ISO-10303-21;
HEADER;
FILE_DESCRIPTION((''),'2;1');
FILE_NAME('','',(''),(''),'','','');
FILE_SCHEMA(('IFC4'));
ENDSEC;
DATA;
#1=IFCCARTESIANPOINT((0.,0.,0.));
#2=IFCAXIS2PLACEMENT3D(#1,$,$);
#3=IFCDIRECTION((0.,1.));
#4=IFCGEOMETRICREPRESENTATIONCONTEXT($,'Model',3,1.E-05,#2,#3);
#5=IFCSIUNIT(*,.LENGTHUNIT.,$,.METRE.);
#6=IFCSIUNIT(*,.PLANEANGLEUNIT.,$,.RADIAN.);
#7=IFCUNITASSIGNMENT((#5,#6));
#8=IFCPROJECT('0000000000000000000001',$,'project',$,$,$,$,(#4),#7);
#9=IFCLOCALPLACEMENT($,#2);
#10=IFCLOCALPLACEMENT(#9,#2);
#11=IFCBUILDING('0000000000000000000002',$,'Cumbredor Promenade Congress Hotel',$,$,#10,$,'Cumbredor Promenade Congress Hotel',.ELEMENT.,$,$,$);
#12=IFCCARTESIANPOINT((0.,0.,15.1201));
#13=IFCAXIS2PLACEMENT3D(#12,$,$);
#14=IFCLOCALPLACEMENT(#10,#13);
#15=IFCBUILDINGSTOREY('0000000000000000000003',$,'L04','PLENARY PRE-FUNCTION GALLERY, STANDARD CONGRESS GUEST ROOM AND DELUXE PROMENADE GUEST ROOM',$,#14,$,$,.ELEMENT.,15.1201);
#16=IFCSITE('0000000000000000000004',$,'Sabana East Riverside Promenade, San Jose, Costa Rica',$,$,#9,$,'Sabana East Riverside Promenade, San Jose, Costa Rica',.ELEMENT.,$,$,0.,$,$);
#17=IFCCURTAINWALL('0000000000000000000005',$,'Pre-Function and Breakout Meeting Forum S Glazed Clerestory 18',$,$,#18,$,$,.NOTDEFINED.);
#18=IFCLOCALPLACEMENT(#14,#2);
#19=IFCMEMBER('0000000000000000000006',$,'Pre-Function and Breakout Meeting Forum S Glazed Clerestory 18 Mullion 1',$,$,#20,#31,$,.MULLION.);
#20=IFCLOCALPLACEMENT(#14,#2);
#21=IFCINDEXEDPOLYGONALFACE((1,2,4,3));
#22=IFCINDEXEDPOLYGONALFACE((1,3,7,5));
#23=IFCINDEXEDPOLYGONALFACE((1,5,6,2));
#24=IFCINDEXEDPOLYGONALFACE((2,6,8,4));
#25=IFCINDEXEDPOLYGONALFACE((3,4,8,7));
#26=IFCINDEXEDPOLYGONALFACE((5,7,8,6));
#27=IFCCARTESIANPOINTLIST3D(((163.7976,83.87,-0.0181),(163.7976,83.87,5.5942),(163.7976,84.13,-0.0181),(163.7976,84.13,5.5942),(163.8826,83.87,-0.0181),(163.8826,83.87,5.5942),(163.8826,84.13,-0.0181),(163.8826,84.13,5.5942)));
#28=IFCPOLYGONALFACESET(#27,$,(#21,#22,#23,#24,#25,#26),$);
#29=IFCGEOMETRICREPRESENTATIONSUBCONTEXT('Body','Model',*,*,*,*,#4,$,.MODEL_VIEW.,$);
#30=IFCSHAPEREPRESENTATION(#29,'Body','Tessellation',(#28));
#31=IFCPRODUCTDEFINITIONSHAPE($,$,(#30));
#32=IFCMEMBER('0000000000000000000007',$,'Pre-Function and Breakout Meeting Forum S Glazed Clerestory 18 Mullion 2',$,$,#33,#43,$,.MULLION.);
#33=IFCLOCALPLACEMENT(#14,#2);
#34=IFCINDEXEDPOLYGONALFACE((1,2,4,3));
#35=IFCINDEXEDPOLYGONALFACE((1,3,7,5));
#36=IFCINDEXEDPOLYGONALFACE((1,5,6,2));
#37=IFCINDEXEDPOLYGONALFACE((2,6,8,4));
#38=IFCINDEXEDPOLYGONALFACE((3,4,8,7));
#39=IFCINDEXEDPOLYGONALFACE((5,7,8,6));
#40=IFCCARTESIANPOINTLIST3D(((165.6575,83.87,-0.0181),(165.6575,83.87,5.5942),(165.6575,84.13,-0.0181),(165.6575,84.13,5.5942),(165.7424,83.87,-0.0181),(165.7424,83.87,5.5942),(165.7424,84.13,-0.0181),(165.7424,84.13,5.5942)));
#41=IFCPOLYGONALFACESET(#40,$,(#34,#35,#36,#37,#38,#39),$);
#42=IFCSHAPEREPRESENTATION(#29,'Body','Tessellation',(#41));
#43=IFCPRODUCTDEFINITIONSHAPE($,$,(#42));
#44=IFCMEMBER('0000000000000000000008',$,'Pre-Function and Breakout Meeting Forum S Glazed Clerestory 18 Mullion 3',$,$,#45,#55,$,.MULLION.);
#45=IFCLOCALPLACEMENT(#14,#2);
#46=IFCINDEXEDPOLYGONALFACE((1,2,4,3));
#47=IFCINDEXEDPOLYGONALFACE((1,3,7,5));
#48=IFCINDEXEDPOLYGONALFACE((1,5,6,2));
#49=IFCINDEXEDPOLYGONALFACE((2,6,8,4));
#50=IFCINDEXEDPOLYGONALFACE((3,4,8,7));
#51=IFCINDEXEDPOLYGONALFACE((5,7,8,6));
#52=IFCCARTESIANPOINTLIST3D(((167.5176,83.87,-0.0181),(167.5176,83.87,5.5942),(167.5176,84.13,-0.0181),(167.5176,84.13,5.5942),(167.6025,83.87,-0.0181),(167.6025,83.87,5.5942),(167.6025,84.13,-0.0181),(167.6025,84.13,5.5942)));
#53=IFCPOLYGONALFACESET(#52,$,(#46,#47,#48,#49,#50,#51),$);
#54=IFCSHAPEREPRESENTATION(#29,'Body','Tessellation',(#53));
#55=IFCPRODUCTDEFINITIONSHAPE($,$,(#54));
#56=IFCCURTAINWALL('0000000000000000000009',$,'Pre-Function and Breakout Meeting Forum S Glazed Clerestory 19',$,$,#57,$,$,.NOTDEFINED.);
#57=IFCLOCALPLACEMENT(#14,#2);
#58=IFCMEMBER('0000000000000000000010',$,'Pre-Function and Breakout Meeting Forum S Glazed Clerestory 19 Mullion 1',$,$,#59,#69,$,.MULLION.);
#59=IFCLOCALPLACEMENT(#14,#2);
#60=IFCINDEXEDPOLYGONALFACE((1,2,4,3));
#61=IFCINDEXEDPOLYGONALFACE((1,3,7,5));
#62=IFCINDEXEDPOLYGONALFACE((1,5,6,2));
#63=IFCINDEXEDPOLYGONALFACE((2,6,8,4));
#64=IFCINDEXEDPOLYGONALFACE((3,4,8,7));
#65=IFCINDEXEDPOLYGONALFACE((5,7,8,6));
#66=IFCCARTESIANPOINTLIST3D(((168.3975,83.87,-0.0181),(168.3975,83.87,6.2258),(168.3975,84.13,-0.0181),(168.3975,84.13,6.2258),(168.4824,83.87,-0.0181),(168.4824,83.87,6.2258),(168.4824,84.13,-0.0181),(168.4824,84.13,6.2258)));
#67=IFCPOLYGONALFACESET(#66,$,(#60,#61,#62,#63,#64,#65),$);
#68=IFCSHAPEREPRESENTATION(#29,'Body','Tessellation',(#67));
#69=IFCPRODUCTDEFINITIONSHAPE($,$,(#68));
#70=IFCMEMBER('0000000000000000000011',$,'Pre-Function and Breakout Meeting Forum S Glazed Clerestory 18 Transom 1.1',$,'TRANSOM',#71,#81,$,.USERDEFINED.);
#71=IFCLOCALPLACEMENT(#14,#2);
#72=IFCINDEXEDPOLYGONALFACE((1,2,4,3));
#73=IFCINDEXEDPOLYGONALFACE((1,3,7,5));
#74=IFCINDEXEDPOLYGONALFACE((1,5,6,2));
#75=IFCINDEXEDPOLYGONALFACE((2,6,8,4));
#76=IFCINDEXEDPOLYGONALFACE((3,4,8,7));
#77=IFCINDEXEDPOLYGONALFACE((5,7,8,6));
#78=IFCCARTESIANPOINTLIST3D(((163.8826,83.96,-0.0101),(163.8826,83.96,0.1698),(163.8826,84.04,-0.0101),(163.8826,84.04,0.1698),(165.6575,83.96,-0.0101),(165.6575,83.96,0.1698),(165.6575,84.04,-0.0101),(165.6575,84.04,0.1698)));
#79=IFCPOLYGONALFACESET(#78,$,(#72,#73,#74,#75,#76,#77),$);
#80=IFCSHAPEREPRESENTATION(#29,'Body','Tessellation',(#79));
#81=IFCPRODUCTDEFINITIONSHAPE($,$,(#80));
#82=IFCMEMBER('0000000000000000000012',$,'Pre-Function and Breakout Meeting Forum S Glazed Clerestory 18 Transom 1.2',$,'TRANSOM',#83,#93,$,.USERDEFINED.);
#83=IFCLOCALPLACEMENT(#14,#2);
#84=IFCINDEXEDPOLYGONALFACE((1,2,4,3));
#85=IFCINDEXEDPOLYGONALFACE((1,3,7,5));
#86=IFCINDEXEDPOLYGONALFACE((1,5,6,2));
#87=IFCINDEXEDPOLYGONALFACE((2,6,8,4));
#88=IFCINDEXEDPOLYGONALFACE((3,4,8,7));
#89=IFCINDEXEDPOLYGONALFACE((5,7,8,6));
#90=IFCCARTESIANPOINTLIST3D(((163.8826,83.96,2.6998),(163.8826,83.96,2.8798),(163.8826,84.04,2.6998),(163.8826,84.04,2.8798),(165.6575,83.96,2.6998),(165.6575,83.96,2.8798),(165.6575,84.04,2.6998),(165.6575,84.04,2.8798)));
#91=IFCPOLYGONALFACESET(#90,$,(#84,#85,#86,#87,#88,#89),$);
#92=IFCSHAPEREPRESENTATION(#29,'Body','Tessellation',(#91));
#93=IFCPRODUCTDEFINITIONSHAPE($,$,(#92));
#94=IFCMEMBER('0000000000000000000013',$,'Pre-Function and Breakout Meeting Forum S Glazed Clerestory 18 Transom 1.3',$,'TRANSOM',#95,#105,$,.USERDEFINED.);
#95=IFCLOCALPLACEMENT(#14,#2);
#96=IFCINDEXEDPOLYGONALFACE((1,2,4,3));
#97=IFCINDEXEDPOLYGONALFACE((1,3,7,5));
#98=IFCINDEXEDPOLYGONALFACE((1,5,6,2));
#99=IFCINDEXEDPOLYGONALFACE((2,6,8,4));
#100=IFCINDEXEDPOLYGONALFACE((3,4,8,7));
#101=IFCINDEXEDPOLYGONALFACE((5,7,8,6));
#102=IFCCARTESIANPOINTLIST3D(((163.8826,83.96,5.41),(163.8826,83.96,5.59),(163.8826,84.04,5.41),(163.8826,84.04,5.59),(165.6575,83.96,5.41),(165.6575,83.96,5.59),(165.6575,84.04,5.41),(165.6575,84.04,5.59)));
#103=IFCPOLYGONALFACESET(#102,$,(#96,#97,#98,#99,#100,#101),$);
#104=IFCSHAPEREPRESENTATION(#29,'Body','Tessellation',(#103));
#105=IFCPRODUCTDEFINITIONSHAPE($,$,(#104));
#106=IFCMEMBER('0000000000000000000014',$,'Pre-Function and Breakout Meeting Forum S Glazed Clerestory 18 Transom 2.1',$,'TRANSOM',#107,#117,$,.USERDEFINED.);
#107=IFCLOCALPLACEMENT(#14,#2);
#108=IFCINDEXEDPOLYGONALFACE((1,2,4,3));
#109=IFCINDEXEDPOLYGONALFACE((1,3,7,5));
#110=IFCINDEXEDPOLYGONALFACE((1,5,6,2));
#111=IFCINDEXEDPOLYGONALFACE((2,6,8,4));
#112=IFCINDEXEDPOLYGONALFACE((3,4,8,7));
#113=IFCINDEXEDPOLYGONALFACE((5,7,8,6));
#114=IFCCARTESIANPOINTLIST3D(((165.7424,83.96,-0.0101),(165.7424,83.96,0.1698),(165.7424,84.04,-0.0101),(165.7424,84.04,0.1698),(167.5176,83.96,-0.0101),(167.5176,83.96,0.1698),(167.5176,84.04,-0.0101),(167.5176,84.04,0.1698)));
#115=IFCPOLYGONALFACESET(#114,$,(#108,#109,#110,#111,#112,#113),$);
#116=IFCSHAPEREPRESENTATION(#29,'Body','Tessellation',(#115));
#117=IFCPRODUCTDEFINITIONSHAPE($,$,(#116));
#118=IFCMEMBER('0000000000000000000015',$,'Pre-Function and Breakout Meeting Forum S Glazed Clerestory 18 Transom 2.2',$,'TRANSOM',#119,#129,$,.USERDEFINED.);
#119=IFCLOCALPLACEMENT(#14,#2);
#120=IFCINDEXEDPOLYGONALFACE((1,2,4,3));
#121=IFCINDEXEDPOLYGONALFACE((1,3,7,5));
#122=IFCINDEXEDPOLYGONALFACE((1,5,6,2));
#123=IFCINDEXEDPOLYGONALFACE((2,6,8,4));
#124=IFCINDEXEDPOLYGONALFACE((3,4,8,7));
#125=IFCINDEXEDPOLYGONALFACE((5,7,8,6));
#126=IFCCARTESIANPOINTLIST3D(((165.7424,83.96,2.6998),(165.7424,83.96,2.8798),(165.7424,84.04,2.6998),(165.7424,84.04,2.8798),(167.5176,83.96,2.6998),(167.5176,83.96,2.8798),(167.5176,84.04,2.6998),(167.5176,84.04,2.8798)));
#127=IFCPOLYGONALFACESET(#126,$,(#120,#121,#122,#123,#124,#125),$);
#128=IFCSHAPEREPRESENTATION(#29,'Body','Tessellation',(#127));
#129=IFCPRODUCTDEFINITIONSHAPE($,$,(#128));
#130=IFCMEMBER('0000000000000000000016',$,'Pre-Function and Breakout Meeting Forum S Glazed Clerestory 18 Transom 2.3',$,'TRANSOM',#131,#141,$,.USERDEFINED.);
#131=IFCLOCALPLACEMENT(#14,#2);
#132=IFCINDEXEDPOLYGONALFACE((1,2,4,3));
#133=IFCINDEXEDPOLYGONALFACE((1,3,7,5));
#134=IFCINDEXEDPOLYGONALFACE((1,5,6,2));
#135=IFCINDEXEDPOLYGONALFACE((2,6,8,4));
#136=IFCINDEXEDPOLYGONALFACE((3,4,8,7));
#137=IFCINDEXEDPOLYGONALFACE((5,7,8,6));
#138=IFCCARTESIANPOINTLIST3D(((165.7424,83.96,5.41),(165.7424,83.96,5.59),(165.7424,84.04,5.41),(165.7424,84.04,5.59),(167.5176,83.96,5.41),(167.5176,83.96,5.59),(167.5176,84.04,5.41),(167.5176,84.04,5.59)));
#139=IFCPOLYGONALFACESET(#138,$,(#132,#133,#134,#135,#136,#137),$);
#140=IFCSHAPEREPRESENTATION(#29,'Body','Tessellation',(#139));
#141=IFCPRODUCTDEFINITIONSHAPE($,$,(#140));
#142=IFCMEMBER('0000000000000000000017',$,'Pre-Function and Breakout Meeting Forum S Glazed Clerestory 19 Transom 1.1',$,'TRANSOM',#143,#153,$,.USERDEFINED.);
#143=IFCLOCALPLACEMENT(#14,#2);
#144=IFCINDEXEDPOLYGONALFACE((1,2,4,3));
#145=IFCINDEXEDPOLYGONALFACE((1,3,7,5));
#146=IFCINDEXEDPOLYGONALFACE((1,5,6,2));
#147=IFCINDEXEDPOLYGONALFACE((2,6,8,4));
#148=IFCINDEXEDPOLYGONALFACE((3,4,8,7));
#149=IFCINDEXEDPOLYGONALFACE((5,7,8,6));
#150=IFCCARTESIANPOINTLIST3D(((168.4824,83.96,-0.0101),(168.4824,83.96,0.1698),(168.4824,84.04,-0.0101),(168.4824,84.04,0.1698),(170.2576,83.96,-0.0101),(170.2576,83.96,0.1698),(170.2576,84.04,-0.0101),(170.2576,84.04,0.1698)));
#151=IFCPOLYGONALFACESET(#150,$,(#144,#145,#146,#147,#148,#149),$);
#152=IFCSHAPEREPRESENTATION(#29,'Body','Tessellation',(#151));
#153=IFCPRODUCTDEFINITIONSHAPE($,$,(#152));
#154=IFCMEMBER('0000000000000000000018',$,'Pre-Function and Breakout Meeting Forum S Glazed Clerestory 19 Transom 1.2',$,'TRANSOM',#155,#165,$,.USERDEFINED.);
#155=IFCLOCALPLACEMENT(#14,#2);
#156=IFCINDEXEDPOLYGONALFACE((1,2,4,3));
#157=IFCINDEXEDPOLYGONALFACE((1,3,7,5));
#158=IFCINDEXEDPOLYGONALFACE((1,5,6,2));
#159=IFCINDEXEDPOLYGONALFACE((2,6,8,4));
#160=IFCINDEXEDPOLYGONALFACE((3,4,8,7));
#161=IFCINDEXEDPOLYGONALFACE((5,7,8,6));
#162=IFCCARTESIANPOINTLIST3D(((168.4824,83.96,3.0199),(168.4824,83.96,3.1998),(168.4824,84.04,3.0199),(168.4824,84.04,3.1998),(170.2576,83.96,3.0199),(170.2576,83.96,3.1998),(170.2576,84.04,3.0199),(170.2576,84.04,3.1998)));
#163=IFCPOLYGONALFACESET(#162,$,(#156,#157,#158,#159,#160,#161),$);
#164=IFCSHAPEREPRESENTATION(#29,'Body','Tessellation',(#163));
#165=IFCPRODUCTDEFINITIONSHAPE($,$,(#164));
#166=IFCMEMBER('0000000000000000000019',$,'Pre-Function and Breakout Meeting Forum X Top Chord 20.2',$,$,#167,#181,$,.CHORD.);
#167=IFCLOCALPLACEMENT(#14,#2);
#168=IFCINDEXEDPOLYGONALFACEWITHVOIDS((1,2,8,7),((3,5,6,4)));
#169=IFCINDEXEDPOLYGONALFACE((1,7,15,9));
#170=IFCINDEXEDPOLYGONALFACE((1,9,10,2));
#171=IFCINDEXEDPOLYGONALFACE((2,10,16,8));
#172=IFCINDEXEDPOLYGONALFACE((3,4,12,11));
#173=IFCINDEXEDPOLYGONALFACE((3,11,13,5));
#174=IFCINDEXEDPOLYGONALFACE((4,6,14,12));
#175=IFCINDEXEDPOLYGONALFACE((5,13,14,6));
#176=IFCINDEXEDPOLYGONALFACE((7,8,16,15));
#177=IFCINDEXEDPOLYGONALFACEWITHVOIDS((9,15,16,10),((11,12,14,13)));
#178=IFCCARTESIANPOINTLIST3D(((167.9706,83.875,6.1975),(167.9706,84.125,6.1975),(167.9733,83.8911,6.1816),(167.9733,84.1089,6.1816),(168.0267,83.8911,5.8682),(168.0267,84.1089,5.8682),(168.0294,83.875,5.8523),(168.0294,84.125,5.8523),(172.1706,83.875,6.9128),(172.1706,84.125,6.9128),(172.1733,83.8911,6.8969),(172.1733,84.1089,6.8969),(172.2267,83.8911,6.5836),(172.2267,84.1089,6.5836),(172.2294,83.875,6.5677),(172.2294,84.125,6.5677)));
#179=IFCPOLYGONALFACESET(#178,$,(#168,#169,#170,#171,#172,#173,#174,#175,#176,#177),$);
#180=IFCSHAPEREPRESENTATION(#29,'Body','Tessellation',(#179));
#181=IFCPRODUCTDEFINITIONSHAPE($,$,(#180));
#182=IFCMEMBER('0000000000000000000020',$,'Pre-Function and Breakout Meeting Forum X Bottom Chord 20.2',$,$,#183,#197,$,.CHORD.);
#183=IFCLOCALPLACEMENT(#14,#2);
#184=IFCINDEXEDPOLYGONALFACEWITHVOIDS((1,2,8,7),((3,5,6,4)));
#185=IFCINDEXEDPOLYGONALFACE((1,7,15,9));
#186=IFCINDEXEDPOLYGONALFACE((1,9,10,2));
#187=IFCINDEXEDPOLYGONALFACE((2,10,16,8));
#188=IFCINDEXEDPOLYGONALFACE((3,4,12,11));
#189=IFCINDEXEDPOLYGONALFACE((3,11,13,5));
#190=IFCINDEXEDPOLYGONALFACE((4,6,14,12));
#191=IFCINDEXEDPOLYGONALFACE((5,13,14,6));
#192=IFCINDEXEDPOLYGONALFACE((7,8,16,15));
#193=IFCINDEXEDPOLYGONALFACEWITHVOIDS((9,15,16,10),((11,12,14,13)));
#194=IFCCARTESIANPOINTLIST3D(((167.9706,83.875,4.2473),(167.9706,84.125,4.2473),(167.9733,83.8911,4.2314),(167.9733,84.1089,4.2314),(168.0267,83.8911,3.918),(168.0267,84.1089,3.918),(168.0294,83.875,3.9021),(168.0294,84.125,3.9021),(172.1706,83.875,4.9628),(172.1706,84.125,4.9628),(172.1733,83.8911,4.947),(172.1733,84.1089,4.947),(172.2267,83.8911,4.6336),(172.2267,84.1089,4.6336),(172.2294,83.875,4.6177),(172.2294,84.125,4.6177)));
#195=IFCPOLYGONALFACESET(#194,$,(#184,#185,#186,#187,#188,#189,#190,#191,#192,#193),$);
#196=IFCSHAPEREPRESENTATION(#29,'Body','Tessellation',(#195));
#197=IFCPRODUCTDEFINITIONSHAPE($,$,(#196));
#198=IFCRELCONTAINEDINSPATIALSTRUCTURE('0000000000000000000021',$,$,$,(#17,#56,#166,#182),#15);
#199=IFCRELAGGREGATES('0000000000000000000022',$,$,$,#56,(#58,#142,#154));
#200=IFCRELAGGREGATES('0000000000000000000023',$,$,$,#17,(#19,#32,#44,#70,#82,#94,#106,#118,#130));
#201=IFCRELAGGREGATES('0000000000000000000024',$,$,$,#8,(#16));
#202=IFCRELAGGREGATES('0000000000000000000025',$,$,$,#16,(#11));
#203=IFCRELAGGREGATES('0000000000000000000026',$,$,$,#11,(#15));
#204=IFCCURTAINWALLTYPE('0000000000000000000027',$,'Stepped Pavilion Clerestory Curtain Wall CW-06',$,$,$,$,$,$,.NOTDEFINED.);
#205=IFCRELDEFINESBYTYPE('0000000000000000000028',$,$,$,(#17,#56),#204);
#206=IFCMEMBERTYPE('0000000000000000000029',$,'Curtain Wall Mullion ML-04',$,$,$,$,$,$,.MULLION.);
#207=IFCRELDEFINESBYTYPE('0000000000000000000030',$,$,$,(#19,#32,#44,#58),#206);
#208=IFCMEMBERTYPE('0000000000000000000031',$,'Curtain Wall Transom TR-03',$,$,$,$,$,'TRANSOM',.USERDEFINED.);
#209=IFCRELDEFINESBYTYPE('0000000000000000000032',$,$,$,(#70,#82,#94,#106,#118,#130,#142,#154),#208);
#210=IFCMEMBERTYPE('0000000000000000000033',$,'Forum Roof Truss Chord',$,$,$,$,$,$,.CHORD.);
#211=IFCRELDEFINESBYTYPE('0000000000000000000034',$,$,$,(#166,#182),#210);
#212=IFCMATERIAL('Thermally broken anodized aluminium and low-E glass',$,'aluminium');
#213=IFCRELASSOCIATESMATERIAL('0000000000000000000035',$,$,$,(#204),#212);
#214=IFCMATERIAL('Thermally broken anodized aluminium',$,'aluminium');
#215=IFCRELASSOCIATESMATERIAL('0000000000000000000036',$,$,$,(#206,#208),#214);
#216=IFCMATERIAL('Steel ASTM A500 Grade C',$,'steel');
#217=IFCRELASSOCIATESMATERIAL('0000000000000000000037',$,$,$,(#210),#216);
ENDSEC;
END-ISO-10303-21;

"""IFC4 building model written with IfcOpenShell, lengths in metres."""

from ifc_helpers import new_model, si_unit, direction, frame, origin, origin_2d, place, context, subcontext, project, spatial, rectangle, hollow_rectangle, extrude, material, material_profile, profile_set, type_object, element, aggregate, save


model = new_model("IFC4")

# Units and contexts
model_context = context("Model", 3, precision=1e-05, world=origin(), true_north=direction((0.0, 1.0)))
body_context = subcontext(model_context, "Body", "Model", "MODEL_VIEW")
ifc_project = project(units=[si_unit("LENGTHUNIT", "METRE"), si_unit("PLANEANGLEUNIT", "RADIAN")], contexts=[model_context])

# Site, building, storey
site_placement = place(None, origin())
site = spatial("IfcSite", under=ifc_project, at=site_placement, Name="Sabana East Riverside Promenade, San Jose, Costa Rica", LongName="Sabana East Riverside Promenade, San Jose, Costa Rica", CompositionType="ELEMENT", RefElevation=0.0)
building_placement = place(site_placement, origin())
building = spatial("IfcBuilding", under=site, at=building_placement, Name="Cumbredor Promenade Congress Hotel", LongName="Cumbredor Promenade Congress Hotel", CompositionType="ELEMENT")
storey_placement = place(building_placement, frame((0.0, 0.0, 15.1201)))
storey = spatial("IfcBuildingStorey", under=building, at=storey_placement, Name="L04", Description="PLENARY PRE-FUNCTION GALLERY, STANDARD CONGRESS GUEST ROOM AND DELUXE PROMENADE GUEST ROOM", CompositionType="ELEMENT", Elevation=15.1201)

# Curtain wall, members
ifc_material_1 = material(Name="Thermally broken anodized aluminium and low-E glass", Category="aluminium")
curtain_wall_type = type_object("IfcCurtainWallType", Name="Stepped Pavilion Clerestory Curtain Wall CW-06", PredefinedType="NOTDEFINED", material=ifc_material_1)
curtain_wall_1_placement = place(storey_placement, origin())
curtain_wall_1 = element("IfcCurtainWall", 1, at=curtain_wall_1_placement, inside=storey, type_object=curtain_wall_type, Name="Pre-Function and Breakout Meeting Forum S Glazed Clerestory 18", PredefinedType="NOTDEFINED")
ifc_material_2 = material(Name="Thermally broken anodized aluminium", Category="aluminium")
ifc_material_profile_1 = material_profile(ifc_material_2, rectangle(XDim=0.085, YDim=0.26, at=origin_2d()), Name="ALU MULLION CLERESTORY 85x260")
ifc_profile_set_1 = profile_set([ifc_material_profile_1], Name="Thermally broken anodized aluminium")
member_type_1 = type_object("IfcMemberType", Name="Curtain Wall Mullion ML-04", PredefinedType="MULLION", material=ifc_profile_set_1)
member_1_placement = place(storey_placement, frame((163.8401, 84.0, -0.0181), z_axis=(0.0, 0.0, 1.0), x_axis=(1.0, 0.0, 0.0)))
member_1 = element("IfcMember", 2, at=member_1_placement, type_object=member_type_1, Name="Pre-Function and Breakout Meeting Forum S Glazed Clerestory 18 Mullion 1", PredefinedType="MULLION", context=body_context, shape_type="SweptSolid", body=[
    extrude(rectangle(XDim=0.085, YDim=0.26, at=origin_2d()), origin(), (0.0, 0.0, 1.0), 5.6123),
])
member_2_placement = place(storey_placement, frame((165.7, 84.0, -0.0181), z_axis=(0.0, 0.0, 1.0), x_axis=(1.0, 0.0, 0.0)))
member_2 = element("IfcMember", 3, at=member_2_placement, type_object=member_type_1, Name="Pre-Function and Breakout Meeting Forum S Glazed Clerestory 18 Mullion 2", PredefinedType="MULLION", context=body_context, shape_type="SweptSolid", body=[
    extrude(rectangle(XDim=0.085, YDim=0.26, at=origin_2d()), origin(), (0.0, 0.0, 1.0), 5.6123),
])
member_3_placement = place(storey_placement, frame((167.5601, 84.0, -0.0181), z_axis=(0.0, 0.0, 1.0), x_axis=(1.0, 0.0, 0.0)))
member_3 = element("IfcMember", 4, at=member_3_placement, type_object=member_type_1, Name="Pre-Function and Breakout Meeting Forum S Glazed Clerestory 18 Mullion 3", PredefinedType="MULLION", context=body_context, shape_type="SweptSolid", body=[
    extrude(rectangle(XDim=0.085, YDim=0.26, at=origin_2d()), origin(), (0.0, 0.0, 1.0), 5.6123),
])

# Curtain wall, member
curtain_wall_2_placement = place(storey_placement, origin())
curtain_wall_2 = element("IfcCurtainWall", 5, at=curtain_wall_2_placement, inside=storey, type_object=curtain_wall_type, Name="Pre-Function and Breakout Meeting Forum S Glazed Clerestory 19", PredefinedType="NOTDEFINED")
member_4_placement = place(storey_placement, frame((168.4399, 84.0, -0.0181), z_axis=(0.0, 0.0, 1.0), x_axis=(1.0, 0.0, 0.0)))
member_4 = element("IfcMember", 6, at=member_4_placement, type_object=member_type_1, Name="Pre-Function and Breakout Meeting Forum S Glazed Clerestory 19 Mullion 1", PredefinedType="MULLION", context=body_context, shape_type="SweptSolid", body=[
    extrude(rectangle(XDim=0.085, YDim=0.26, at=origin_2d()), origin(), (0.0, 0.0, 1.0), 6.2439),
])

# Members
ifc_material_profile_2 = material_profile(ifc_material_2, rectangle(XDim=0.0801, YDim=0.1799, at=origin_2d()), Name="ALU TRANSOM 80x180")
ifc_profile_set_2 = profile_set([ifc_material_profile_2], Name="Thermally broken anodized aluminium")
member_type_2 = type_object("IfcMemberType", Name="Curtain Wall Transom TR-03", ElementType="TRANSOM", PredefinedType="USERDEFINED", material=ifc_profile_set_2)
member_5_placement = place(storey_placement, frame((163.8826, 84.0, 0.0798), z_axis=(1.0, 0.0, 0.0), x_axis=(0.0, 1.0, 0.0)))
member_5 = element("IfcMember", 7, at=member_5_placement, type_object=member_type_2, Name="Pre-Function and Breakout Meeting Forum S Glazed Clerestory 18 Transom 1.1", ObjectType="TRANSOM", PredefinedType="USERDEFINED", context=body_context, shape_type="SweptSolid", body=[
    extrude(rectangle(XDim=0.0801, YDim=0.1799, at=origin_2d()), origin(), (0.0, 0.0, 1.0), 1.7749),
])
member_6_placement = place(storey_placement, frame((163.8826, 84.0, 2.7898), z_axis=(1.0, 0.0, 0.0), x_axis=(0.0, 1.0, 0.0)))
member_6 = element("IfcMember", 8, at=member_6_placement, type_object=member_type_2, Name="Pre-Function and Breakout Meeting Forum S Glazed Clerestory 18 Transom 1.2", ObjectType="TRANSOM", PredefinedType="USERDEFINED", context=body_context, shape_type="SweptSolid", body=[
    extrude(rectangle(XDim=0.0801, YDim=0.1799, at=origin_2d()), origin(), (0.0, 0.0, 1.0), 1.7749),
])
member_7_placement = place(storey_placement, frame((163.8826, 84.0, 5.5), z_axis=(1.0, 0.0, 0.0), x_axis=(0.0, 1.0, 0.0)))
member_7 = element("IfcMember", 9, at=member_7_placement, type_object=member_type_2, Name="Pre-Function and Breakout Meeting Forum S Glazed Clerestory 18 Transom 1.3", ObjectType="TRANSOM", PredefinedType="USERDEFINED", context=body_context, shape_type="SweptSolid", body=[
    extrude(rectangle(XDim=0.0801, YDim=0.1799, at=origin_2d()), origin(), (0.0, 0.0, 1.0), 1.7749),
])
member_8_placement = place(storey_placement, frame((165.7424, 84.0, 0.0798), z_axis=(1.0, 0.0, 0.0), x_axis=(0.0, 1.0, 0.0)))
member_8 = element("IfcMember", 10, at=member_8_placement, type_object=member_type_2, Name="Pre-Function and Breakout Meeting Forum S Glazed Clerestory 18 Transom 2.1", ObjectType="TRANSOM", PredefinedType="USERDEFINED", context=body_context, shape_type="SweptSolid", body=[
    extrude(rectangle(XDim=0.0801, YDim=0.1799, at=origin_2d()), origin(), (0.0, 0.0, 1.0), 1.7751),
])
member_9_placement = place(storey_placement, frame((165.7424, 84.0, 2.7898), z_axis=(1.0, 0.0, 0.0), x_axis=(0.0, 1.0, 0.0)))
member_9 = element("IfcMember", 11, at=member_9_placement, type_object=member_type_2, Name="Pre-Function and Breakout Meeting Forum S Glazed Clerestory 18 Transom 2.2", ObjectType="TRANSOM", PredefinedType="USERDEFINED", context=body_context, shape_type="SweptSolid", body=[
    extrude(rectangle(XDim=0.0801, YDim=0.1799, at=origin_2d()), origin(), (0.0, 0.0, 1.0), 1.7751),
])
member_10_placement = place(storey_placement, frame((165.7424, 84.0, 5.5), z_axis=(1.0, 0.0, 0.0), x_axis=(0.0, 1.0, 0.0)))
member_10 = element("IfcMember", 12, at=member_10_placement, type_object=member_type_2, Name="Pre-Function and Breakout Meeting Forum S Glazed Clerestory 18 Transom 2.3", ObjectType="TRANSOM", PredefinedType="USERDEFINED", context=body_context, shape_type="SweptSolid", body=[
    extrude(rectangle(XDim=0.0801, YDim=0.1799, at=origin_2d()), origin(), (0.0, 0.0, 1.0), 1.7751),
])
member_11_placement = place(storey_placement, frame((168.4824, 84.0, 0.0798), z_axis=(1.0, 0.0, 0.0), x_axis=(0.0, 1.0, 0.0)))
member_11 = element("IfcMember", 13, at=member_11_placement, type_object=member_type_2, Name="Pre-Function and Breakout Meeting Forum S Glazed Clerestory 19 Transom 1.1", ObjectType="TRANSOM", PredefinedType="USERDEFINED", context=body_context, shape_type="SweptSolid", body=[
    extrude(rectangle(XDim=0.0801, YDim=0.1799, at=origin_2d()), origin(), (0.0, 0.0, 1.0), 1.7751),
])
member_12_placement = place(storey_placement, frame((168.4824, 84.0, 3.1099), z_axis=(1.0, 0.0, 0.0), x_axis=(0.0, 1.0, 0.0)))
member_12 = element("IfcMember", 14, at=member_12_placement, type_object=member_type_2, Name="Pre-Function and Breakout Meeting Forum S Glazed Clerestory 19 Transom 1.2", ObjectType="TRANSOM", PredefinedType="USERDEFINED", context=body_context, shape_type="SweptSolid", body=[
    extrude(rectangle(XDim=0.0801, YDim=0.1799, at=origin_2d()), origin(), (0.0, 0.0, 1.0), 1.7751),
])
aggregate(curtain_wall_2, [member_4, member_11, member_12])

# Members
ifc_material_3 = material(Name="Steel ASTM A500 Grade C", Category="steel")
ifc_material_profile_3 = material_profile(ifc_material_3, hollow_rectangle(XDim=0.25, YDim=0.3501, WallThickness=0.0161, at=origin_2d()), Name="HSS 350x250x16")
ifc_profile_set_3 = profile_set([ifc_material_profile_3], Name="Steel ASTM A500 Grade C")
member_type_3 = type_object("IfcMemberType", Name="Forum Roof Truss Chord", PredefinedType="CHORD", material=ifc_profile_set_3)
for number, where, z_axis, x_axis, name in (
    (15, (168.0, 84.0, 6.0249), (0.985804, 0.0, 0.167901), (0.0, 1.0, 0.0), "Pre-Function and Breakout Meeting Forum X Top Chord 20.2"),
    (16, (168.0, 84.0, 4.0747), (0.985794, 0.0, 0.167957), (0.0, 1.0, 0.0), "Pre-Function and Breakout Meeting Forum X Bottom Chord 20.2"),
):
    element("IfcMember", number, at=place(storey_placement, frame(where, z_axis=z_axis, x_axis=x_axis)), inside=storey, type_object=member_type_3, Name=name, PredefinedType="CHORD", context=body_context, shape_type="SweptSolid", body=[
        extrude(hollow_rectangle(XDim=0.25, YDim=0.3501, WallThickness=0.0161, at=origin_2d()), origin(), (0.0, 0.0, 1.0), 4.2605),
    ])

aggregate(curtain_wall_1, [member_1, member_2, member_3, member_5, member_6, member_7, member_8, member_9, member_10])

save(model, "model.ifc")
